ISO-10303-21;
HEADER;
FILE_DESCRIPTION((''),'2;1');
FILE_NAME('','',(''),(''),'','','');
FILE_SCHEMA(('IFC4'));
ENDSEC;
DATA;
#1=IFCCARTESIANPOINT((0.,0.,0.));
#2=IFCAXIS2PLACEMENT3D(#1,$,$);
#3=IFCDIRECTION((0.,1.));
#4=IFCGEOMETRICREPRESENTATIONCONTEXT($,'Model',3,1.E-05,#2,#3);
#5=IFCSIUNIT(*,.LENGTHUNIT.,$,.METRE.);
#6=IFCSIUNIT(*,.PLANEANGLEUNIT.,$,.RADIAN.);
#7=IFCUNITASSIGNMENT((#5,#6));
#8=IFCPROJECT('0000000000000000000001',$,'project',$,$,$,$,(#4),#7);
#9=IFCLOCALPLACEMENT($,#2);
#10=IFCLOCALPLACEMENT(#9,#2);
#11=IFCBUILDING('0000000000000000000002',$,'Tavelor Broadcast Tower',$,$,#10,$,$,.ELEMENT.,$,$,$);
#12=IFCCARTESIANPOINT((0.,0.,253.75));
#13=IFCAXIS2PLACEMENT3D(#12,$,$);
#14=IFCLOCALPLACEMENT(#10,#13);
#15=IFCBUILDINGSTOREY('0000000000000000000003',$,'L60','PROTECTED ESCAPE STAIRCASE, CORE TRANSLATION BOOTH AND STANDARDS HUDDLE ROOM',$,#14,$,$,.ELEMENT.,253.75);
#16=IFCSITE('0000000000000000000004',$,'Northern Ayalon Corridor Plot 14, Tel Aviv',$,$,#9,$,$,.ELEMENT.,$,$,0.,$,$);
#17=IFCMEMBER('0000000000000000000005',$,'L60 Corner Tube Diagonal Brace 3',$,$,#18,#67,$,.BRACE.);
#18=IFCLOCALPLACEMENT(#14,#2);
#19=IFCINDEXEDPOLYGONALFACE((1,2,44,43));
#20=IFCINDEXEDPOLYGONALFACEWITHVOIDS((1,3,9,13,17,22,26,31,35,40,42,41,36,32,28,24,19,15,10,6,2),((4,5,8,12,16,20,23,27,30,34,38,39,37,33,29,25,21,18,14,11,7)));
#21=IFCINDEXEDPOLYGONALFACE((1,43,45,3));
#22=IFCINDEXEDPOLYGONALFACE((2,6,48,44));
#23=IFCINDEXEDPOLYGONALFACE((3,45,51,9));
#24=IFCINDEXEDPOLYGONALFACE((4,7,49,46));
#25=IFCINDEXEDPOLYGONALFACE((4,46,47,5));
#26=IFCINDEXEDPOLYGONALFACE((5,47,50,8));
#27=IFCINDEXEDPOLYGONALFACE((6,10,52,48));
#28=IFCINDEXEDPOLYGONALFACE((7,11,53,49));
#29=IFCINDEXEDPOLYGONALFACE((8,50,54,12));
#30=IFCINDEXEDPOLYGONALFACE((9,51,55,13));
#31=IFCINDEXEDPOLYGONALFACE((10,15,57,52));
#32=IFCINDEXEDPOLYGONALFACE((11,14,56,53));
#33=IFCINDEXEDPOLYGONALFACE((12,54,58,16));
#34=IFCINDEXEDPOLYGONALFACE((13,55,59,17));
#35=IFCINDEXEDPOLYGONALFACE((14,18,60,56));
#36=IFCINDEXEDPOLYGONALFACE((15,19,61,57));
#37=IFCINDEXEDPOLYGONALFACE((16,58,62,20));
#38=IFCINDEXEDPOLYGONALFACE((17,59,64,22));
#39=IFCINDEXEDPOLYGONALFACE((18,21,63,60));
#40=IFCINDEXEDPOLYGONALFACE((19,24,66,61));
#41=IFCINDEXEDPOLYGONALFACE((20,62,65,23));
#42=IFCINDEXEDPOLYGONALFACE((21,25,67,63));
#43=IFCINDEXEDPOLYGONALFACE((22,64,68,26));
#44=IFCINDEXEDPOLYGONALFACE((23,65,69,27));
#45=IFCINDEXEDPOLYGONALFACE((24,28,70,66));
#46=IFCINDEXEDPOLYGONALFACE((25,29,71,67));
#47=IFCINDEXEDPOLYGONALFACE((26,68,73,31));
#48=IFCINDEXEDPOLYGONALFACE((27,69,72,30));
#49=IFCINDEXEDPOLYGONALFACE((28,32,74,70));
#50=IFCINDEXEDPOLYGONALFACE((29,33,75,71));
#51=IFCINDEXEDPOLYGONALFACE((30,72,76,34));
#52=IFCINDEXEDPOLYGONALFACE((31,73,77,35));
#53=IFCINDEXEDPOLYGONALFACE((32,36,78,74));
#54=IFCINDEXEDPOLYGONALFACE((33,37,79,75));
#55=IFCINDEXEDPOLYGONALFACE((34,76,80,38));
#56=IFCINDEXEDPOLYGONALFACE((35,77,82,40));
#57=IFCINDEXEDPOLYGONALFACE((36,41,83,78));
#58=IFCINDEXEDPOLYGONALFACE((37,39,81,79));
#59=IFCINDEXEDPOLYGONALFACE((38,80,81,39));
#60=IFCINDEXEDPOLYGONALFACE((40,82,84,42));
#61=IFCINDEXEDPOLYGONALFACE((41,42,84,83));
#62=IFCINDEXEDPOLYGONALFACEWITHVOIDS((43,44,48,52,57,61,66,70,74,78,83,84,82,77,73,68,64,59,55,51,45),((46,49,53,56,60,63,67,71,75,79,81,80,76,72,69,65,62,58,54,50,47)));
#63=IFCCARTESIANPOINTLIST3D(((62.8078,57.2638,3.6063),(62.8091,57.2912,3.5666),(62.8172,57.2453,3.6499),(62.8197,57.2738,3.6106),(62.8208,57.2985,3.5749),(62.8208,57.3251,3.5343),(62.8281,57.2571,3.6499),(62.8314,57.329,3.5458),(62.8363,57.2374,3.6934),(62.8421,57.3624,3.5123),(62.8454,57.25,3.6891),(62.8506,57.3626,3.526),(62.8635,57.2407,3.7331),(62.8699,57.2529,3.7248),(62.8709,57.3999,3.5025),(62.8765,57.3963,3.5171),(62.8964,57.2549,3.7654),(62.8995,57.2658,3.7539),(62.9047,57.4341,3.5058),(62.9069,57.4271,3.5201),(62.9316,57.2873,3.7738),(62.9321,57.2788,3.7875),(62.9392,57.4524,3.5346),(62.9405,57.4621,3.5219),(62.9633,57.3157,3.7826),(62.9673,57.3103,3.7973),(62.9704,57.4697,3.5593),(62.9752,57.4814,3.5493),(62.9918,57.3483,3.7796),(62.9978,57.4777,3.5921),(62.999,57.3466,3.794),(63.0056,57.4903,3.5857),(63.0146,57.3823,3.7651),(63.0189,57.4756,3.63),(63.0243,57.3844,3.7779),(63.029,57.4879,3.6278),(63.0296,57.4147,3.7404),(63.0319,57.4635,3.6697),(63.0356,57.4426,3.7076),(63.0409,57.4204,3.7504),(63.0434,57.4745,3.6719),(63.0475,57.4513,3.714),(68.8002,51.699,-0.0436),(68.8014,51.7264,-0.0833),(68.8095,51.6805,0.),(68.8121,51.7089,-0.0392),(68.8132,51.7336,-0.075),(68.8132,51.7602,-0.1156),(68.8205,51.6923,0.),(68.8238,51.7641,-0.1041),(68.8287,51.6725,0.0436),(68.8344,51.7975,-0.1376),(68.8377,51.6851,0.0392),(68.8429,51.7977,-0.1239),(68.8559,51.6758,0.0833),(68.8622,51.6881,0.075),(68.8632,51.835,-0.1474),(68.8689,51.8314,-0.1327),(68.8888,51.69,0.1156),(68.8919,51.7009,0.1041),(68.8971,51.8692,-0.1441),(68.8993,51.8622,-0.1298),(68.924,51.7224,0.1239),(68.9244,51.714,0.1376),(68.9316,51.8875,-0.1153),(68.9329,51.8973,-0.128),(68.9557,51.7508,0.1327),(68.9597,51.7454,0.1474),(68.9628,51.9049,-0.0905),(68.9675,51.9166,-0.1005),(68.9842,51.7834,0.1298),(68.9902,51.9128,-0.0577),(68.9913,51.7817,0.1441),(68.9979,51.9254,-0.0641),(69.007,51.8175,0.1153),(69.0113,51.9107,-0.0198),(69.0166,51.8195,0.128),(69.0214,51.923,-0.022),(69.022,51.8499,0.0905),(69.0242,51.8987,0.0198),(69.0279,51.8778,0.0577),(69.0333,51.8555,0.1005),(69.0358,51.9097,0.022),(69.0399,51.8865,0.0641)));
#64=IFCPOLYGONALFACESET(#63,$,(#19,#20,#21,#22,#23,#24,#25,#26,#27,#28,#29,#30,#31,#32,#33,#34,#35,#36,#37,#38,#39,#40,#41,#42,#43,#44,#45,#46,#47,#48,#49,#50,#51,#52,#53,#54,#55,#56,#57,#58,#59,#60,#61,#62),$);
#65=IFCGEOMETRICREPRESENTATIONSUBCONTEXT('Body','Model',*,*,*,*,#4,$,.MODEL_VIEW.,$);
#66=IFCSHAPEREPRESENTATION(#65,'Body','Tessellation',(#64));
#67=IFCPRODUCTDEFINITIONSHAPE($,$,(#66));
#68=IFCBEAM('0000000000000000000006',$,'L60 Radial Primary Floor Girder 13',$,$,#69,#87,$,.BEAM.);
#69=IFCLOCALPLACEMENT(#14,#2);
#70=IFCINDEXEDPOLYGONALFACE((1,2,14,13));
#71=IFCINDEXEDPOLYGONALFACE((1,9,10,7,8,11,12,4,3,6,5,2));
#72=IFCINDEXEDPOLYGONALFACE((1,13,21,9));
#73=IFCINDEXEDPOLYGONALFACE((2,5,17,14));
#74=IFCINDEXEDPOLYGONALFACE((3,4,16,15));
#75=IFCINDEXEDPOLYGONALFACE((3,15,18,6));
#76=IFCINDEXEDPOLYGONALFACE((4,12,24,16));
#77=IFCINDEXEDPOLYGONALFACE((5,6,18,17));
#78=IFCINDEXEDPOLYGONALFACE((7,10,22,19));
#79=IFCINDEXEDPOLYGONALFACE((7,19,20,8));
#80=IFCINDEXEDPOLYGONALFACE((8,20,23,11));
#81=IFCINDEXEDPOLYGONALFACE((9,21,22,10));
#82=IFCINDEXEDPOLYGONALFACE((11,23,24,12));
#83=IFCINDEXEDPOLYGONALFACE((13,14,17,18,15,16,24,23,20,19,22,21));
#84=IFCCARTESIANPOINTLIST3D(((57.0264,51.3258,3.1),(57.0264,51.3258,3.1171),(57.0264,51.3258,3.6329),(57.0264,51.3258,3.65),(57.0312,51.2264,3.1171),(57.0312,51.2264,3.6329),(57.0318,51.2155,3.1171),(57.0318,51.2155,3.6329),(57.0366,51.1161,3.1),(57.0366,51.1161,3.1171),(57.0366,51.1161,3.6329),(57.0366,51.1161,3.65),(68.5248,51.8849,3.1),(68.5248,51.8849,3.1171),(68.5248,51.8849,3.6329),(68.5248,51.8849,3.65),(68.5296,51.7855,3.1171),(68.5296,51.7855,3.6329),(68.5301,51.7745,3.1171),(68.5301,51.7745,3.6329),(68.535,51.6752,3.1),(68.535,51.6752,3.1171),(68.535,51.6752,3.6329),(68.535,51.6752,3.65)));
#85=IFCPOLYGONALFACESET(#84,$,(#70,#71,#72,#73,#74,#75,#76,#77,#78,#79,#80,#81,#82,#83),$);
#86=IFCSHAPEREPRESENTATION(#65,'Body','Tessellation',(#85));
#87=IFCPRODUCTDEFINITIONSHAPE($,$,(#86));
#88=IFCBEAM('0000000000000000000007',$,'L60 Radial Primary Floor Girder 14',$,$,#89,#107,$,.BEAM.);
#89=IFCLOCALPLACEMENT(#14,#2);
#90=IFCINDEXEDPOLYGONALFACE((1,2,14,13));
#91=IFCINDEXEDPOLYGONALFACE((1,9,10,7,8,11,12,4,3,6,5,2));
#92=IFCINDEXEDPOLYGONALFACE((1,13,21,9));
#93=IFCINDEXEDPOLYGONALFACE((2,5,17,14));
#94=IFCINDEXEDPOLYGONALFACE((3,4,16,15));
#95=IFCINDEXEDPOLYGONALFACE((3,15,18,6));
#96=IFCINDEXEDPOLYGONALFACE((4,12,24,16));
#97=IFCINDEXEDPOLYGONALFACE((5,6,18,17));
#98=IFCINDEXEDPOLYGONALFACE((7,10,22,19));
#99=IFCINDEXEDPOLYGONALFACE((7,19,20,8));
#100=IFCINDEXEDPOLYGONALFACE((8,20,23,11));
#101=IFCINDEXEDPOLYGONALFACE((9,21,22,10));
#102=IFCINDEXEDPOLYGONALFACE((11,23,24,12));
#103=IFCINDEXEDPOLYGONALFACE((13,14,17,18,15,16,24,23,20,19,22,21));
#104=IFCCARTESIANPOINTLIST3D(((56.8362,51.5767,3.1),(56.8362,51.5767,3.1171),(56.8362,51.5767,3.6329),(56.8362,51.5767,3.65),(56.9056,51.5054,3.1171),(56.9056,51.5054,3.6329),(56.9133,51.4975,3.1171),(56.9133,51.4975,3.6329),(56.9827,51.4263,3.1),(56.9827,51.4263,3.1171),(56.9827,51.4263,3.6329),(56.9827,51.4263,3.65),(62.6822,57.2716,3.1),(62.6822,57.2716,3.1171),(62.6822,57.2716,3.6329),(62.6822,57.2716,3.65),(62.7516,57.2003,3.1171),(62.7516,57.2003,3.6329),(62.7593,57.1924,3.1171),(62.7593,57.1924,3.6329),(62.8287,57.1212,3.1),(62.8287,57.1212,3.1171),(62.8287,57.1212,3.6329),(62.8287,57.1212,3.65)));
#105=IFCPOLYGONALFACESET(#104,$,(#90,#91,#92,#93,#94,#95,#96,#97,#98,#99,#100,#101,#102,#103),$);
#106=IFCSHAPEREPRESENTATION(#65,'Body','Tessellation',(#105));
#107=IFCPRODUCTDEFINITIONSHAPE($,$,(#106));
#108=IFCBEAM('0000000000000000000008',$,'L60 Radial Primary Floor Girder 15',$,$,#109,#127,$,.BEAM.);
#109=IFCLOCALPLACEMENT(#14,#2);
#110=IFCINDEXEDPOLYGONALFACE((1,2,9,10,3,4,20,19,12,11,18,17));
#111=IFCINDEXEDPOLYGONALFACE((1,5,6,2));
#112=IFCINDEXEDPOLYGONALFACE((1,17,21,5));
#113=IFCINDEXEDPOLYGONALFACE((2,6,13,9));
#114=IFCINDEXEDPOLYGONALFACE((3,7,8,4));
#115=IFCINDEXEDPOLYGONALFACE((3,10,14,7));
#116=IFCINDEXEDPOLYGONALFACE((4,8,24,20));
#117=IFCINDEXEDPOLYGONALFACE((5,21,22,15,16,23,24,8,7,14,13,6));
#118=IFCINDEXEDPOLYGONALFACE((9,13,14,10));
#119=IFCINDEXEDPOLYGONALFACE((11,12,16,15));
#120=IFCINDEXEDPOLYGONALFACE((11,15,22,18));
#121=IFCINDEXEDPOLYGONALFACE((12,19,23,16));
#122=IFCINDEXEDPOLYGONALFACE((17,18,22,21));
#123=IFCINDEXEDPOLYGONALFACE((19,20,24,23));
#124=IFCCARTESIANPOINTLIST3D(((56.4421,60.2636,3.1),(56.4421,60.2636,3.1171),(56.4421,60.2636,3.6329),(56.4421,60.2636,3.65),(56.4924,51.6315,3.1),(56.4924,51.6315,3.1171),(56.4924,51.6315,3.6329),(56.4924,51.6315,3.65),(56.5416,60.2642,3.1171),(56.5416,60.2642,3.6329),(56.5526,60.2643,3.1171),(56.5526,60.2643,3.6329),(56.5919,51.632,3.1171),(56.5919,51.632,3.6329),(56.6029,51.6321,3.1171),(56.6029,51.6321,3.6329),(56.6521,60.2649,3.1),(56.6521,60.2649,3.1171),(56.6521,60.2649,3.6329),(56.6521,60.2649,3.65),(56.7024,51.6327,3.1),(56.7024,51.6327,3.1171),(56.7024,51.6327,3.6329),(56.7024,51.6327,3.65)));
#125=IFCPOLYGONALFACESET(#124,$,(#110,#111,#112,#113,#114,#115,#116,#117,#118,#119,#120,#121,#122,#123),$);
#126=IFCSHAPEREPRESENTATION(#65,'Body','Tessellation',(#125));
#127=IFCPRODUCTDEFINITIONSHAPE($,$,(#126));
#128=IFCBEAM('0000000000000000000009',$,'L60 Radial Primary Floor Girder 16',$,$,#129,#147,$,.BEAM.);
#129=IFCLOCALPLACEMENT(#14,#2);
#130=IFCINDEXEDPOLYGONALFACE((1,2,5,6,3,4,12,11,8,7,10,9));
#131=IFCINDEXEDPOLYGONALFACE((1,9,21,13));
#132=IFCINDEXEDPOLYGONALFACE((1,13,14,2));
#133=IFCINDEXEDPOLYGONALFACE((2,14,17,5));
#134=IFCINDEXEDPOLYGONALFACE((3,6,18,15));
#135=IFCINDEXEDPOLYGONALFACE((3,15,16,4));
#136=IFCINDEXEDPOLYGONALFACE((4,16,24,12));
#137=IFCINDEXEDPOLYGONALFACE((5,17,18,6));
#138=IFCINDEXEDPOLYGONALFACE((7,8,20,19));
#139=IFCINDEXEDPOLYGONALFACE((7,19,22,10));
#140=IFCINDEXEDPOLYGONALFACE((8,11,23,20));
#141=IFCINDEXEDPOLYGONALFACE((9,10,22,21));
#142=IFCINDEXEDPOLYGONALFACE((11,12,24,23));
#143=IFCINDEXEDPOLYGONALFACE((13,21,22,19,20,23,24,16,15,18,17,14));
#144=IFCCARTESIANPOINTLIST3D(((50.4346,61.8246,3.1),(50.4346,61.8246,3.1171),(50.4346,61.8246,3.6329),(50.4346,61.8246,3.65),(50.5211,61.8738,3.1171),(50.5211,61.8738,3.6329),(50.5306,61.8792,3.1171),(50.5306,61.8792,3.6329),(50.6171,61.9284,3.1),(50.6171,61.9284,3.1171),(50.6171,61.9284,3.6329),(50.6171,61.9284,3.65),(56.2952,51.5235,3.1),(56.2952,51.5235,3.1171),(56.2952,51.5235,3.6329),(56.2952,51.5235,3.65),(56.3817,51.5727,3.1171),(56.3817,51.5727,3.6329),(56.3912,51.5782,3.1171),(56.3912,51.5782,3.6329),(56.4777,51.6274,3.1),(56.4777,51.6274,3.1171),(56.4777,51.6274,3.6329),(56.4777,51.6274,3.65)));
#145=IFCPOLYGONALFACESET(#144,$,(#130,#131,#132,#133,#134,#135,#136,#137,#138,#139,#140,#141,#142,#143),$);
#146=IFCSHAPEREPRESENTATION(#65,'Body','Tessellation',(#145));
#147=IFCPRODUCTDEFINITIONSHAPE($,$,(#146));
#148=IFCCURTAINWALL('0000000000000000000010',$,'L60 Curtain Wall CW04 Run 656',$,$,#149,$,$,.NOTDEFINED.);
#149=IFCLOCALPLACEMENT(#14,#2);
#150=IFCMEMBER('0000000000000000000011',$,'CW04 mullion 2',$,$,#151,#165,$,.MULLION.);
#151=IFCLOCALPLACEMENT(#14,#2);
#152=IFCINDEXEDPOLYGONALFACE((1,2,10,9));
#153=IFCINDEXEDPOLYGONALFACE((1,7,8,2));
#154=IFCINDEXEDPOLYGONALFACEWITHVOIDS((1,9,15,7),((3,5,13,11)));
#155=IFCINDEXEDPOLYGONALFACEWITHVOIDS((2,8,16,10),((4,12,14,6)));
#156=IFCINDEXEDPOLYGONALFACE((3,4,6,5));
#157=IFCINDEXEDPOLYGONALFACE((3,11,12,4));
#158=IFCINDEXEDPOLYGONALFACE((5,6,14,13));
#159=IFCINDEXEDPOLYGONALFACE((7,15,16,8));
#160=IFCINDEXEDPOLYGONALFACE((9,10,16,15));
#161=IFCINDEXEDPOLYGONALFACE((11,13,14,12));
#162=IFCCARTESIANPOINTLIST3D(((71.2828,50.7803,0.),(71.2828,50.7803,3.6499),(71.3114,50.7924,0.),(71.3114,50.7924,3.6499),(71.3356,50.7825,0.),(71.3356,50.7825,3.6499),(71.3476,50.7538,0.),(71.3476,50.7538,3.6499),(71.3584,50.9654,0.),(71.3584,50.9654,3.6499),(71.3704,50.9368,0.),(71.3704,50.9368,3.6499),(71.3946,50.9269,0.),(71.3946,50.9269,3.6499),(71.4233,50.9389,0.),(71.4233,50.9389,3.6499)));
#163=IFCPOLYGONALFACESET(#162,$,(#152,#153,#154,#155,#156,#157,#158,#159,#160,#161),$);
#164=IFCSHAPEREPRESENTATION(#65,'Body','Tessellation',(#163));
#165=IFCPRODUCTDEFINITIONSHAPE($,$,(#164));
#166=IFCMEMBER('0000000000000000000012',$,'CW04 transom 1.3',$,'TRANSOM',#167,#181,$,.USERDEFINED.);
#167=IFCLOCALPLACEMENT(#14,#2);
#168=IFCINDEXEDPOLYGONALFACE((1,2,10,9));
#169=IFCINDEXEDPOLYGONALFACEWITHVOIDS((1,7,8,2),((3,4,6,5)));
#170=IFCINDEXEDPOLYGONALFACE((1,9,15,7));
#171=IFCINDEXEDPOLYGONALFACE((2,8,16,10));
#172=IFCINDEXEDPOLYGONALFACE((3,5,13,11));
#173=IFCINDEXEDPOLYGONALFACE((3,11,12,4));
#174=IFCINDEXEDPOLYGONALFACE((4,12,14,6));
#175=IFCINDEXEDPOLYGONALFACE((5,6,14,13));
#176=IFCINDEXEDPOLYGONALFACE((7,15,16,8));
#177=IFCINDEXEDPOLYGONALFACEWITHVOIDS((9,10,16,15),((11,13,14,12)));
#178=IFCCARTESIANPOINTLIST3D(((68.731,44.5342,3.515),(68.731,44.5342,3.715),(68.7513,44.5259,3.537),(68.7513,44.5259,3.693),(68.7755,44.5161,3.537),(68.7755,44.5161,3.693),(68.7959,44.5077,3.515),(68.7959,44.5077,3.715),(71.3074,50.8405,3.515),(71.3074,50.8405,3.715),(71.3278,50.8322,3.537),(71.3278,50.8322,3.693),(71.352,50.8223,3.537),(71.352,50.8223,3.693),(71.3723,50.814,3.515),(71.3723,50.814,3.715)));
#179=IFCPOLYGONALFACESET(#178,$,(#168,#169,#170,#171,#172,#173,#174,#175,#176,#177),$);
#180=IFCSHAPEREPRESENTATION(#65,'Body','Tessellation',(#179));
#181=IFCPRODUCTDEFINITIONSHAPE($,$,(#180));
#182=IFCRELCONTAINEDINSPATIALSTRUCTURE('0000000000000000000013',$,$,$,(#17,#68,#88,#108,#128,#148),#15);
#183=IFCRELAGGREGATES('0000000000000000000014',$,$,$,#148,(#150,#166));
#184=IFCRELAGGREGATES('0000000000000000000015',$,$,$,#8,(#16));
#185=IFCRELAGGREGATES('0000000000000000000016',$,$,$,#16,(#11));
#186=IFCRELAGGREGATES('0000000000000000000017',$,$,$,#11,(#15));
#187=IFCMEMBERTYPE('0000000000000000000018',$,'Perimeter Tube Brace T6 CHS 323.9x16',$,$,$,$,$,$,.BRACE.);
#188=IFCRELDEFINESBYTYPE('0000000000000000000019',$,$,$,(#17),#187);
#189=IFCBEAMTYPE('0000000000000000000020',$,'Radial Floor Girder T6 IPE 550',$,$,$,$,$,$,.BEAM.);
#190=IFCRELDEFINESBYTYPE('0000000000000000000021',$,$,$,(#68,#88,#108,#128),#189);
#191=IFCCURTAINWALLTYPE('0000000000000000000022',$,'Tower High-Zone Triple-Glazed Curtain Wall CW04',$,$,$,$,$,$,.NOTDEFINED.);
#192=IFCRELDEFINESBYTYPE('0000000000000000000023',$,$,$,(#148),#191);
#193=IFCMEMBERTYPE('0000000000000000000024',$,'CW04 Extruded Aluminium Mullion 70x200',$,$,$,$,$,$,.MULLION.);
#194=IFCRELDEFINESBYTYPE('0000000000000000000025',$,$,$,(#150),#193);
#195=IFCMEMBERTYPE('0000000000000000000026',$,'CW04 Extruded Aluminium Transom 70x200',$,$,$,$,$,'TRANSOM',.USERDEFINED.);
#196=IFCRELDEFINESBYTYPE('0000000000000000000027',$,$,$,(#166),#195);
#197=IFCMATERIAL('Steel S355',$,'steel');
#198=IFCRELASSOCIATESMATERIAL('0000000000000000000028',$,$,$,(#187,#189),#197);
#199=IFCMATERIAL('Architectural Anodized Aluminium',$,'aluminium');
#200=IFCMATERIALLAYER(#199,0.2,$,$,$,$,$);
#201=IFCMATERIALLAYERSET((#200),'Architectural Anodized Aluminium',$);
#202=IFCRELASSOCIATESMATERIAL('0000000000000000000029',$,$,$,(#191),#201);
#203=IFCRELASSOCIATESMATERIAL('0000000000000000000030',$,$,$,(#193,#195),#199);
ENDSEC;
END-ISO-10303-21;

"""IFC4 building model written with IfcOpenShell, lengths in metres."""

from ifc_helpers import new_model, si_unit, direction, frame, origin, origin_2d, place, context, subcontext, project, spatial, hollow_rectangle, hollow_circle, i_section, extrude, source, transform, mapped, material, layer, layer_set, material_profile, profile_set, type_object, type_shapes, element, aggregate, save


model = new_model("IFC4")

# Units and contexts
model_context = context("Model", 3, precision=1e-05, world=origin(), true_north=direction((0.0, 1.0)))
body_context = subcontext(model_context, "Body", "Model", "MODEL_VIEW")
ifc_project = project(units=[si_unit("LENGTHUNIT", "METRE"), si_unit("PLANEANGLEUNIT", "RADIAN")], contexts=[model_context])

# Site, building, storey
site_placement = place(None, origin())
site = spatial("IfcSite", under=ifc_project, at=site_placement, Name="Northern Ayalon Corridor Plot 14, Tel Aviv", CompositionType="ELEMENT", RefElevation=0.0)
building_placement = place(site_placement, origin())
building = spatial("IfcBuilding", under=site, at=building_placement, Name="Tavelor Broadcast Tower", CompositionType="ELEMENT")
storey_placement = place(building_placement, frame((0.0, 0.0, 253.75)))
storey = spatial("IfcBuildingStorey", under=building, at=storey_placement, Name="L60", Description="PROTECTED ESCAPE STAIRCASE, CORE TRANSLATION BOOTH AND STANDARDS HUDDLE ROOM", CompositionType="ELEMENT", Elevation=253.75)

# Shared definitions
ifc_material_1 = material(Name="Steel S355", Category="steel")

# Member
ifc_material_profile_1 = material_profile(ifc_material_1, hollow_circle(Radius=0.1619, WallThickness=0.0161, at=origin_2d()), Name="CHS 323.9x16")
ifc_profile_set_1 = profile_set([ifc_material_profile_1], Name="Steel S355")
member_type_1 = type_object("IfcMemberType", Name="Perimeter Tube Brace T6 CHS 323.9x16", PredefinedType="BRACE", material=ifc_profile_set_1)
member_1_placement = place(storey_placement, frame((68.9197, 51.7991, 0.0), z_axis=(-0.66914, 0.621405, 0.407563), x_axis=(-0.680487, -0.732761, 0.0)))
element("IfcMember", 1, at=member_1_placement, inside=storey, type_object=member_type_1, Name="L60 Corner Tube Diagonal Brace 3", PredefinedType="BRACE", context=body_context, shape_type="SweptSolid", body=[
    extrude(hollow_circle(Radius=0.1619, WallThickness=0.0161, at=origin_2d()), origin(), (0.0, 0.0, 1.0), 8.9553),
])

# Beams
ifc_material_profile_2 = material_profile(ifc_material_1, i_section(OverallWidth=0.21, OverallDepth=0.55, WebThickness=0.011, FlangeThickness=0.0171, at=origin_2d()), Name="IPE 550")
ifc_profile_set_2 = profile_set([ifc_material_profile_2], Name="Steel S355")
beam_type_1 = type_object("IfcBeamType", Name="Radial Floor Girder T6 IPE 550", PredefinedType="BEAM", material=ifc_profile_set_2)
beam_1_placement = place(storey_placement, frame((57.0315, 51.2209, 3.375), z_axis=(0.99882, 0.048566, 0.0), x_axis=(-0.048566, 0.99882, 0.0)))
element("IfcBeam", 2, at=beam_1_placement, inside=storey, type_object=beam_type_1, Name="L60 Radial Primary Floor Girder 13", PredefinedType="BEAM", context=body_context, shape_type="SweptSolid", body=[
    extrude(i_section(OverallWidth=0.21, OverallDepth=0.55, WebThickness=0.011, FlangeThickness=0.0171, at=origin_2d()), origin(), (0.0, 0.0, 1.0), 11.512),
])
beam_2_placement = place(storey_placement, frame((56.9094, 51.5015, 3.375), z_axis=(0.716305, 0.697788, 0.0), x_axis=(-0.697788, 0.716305, 0.0)))
element("IfcBeam", 3, at=beam_2_placement, inside=storey, type_object=beam_type_1, Name="L60 Radial Primary Floor Girder 14", PredefinedType="BEAM", context=body_context, shape_type="SweptSolid", body=[
    extrude(i_section(OverallWidth=0.21, OverallDepth=0.55, WebThickness=0.011, FlangeThickness=0.0171, at=origin_2d()), origin(), (0.0, 0.0, 1.0), 8.1614),
])
beam_3_placement = place(storey_placement, frame((56.5974, 51.6321, 3.375), z_axis=(-0.005826, 0.999983, 0.0), x_axis=(-0.999983, -0.005826, 0.0)))
element("IfcBeam", 4, at=beam_3_placement, inside=storey, type_object=beam_type_1, Name="L60 Radial Primary Floor Girder 15", PredefinedType="BEAM", context=body_context, shape_type="SweptSolid", body=[
    extrude(i_section(OverallWidth=0.21, OverallDepth=0.55, WebThickness=0.011, FlangeThickness=0.0171, at=origin_2d()), origin(), (0.0, 0.0, 1.0), 8.6323),
])
beam_4_placement = place(storey_placement, frame((56.3865, 51.5754, 3.375), z_axis=(-0.494503, 0.869176, 0.0), x_axis=(-0.869176, -0.494503, 0.0)))
element("IfcBeam", 5, at=beam_4_placement, inside=storey, type_object=beam_type_1, Name="L60 Radial Primary Floor Girder 16", PredefinedType="BEAM", context=body_context, shape_type="SweptSolid", body=[
    extrude(i_section(OverallWidth=0.21, OverallDepth=0.55, WebThickness=0.011, FlangeThickness=0.0171, at=origin_2d()), origin(), (0.0, 0.0, 1.0), 11.8516),
])

# Curtain wall, members
ifc_material_2 = material(Name="Architectural Anodized Aluminium", Category="aluminium")
ifc_layer_1 = layer(ifc_material_2, 0.2)
ifc_layer_set_1 = layer_set([ifc_layer_1], Name="Architectural Anodized Aluminium")
curtain_wall_type = type_object("IfcCurtainWallType", Name="Tower High-Zone Triple-Glazed Curtain Wall CW04", PredefinedType="NOTDEFINED", material=ifc_layer_set_1)
curtain_wall_placement = place(storey_placement, origin())
curtain_wall = element("IfcCurtainWall", 6, at=curtain_wall_placement, inside=storey, type_object=curtain_wall_type, Name="L60 Curtain Wall CW04 Run 656", PredefinedType="NOTDEFINED")
ifc_material_profile_3 = material_profile(ifc_material_2, hollow_rectangle(XDim=0.0701, YDim=0.2, WallThickness=0.022, at=origin_2d()), Name="RHS 70x200x22")
ifc_profile_set_3 = profile_set([ifc_material_profile_3], Name="Architectural Anodized Aluminium")
member_type_2 = type_object("IfcMemberType", Name="CW04 Extruded Aluminium Mullion 70x200", PredefinedType="MULLION", material=ifc_profile_set_3)
shared_shape_1 = source(origin(), body_context, "Body", "SweptSolid", [
    extrude(hollow_rectangle(XDim=0.0701, YDim=0.2, WallThickness=0.022, at=origin_2d()), origin(), (0.0, 0.0, 1.0), 3.6499),
])
type_shapes(member_type_2, [shared_shape_1])
member_2_placement = place(storey_placement, frame((71.353, 50.8596, 0.0), z_axis=(0.0, 0.0, 1.0), x_axis=(-0.92572, 0.378211, 0.0)))
member_2 = element("IfcMember", 7, at=member_2_placement, type_object=member_type_2, Name="CW04 mullion 2", PredefinedType="MULLION", context=body_context, shape_type="MappedRepresentation", body=[
    mapped(shared_shape_1, transform((0.0, 0.0, 0.0), scale=1.0)),
])
ifc_material_profile_4 = material_profile(ifc_material_2, hollow_rectangle(XDim=0.0701, YDim=0.2, WallThickness=0.022, at=origin_2d()), Name="RHS 70x200x22")
ifc_profile_set_4 = profile_set([ifc_material_profile_4], Name="Architectural Anodized Aluminium")
member_type_3 = type_object("IfcMemberType", Name="CW04 Extruded Aluminium Transom 70x200", ElementType="TRANSOM", PredefinedType="USERDEFINED", material=ifc_profile_set_4)
shared_shape_2 = source(origin(), body_context, "Body", "SweptSolid", [
    extrude(hollow_rectangle(XDim=0.0701, YDim=0.2, WallThickness=0.022, at=origin_2d()), origin(), (0.0, 0.0, 1.0), 6.8123),
])
type_shapes(member_type_3, [shared_shape_2])
member_3_placement = place(storey_placement, frame((68.7634, 44.521, 3.615), z_axis=(0.378209, 0.92572, 0.0), x_axis=(-0.92572, 0.378209, 0.0)))
member_3 = element("IfcMember", 8, at=member_3_placement, type_object=member_type_3, Name="CW04 transom 1.3", ObjectType="TRANSOM", PredefinedType="USERDEFINED", context=body_context, shape_type="MappedRepresentation", body=[
    mapped(shared_shape_2, transform((0.0, 0.0, 0.0), scale=1.0)),
])

aggregate(curtain_wall, [member_2, member_3])

save(model, "model.ifc")
